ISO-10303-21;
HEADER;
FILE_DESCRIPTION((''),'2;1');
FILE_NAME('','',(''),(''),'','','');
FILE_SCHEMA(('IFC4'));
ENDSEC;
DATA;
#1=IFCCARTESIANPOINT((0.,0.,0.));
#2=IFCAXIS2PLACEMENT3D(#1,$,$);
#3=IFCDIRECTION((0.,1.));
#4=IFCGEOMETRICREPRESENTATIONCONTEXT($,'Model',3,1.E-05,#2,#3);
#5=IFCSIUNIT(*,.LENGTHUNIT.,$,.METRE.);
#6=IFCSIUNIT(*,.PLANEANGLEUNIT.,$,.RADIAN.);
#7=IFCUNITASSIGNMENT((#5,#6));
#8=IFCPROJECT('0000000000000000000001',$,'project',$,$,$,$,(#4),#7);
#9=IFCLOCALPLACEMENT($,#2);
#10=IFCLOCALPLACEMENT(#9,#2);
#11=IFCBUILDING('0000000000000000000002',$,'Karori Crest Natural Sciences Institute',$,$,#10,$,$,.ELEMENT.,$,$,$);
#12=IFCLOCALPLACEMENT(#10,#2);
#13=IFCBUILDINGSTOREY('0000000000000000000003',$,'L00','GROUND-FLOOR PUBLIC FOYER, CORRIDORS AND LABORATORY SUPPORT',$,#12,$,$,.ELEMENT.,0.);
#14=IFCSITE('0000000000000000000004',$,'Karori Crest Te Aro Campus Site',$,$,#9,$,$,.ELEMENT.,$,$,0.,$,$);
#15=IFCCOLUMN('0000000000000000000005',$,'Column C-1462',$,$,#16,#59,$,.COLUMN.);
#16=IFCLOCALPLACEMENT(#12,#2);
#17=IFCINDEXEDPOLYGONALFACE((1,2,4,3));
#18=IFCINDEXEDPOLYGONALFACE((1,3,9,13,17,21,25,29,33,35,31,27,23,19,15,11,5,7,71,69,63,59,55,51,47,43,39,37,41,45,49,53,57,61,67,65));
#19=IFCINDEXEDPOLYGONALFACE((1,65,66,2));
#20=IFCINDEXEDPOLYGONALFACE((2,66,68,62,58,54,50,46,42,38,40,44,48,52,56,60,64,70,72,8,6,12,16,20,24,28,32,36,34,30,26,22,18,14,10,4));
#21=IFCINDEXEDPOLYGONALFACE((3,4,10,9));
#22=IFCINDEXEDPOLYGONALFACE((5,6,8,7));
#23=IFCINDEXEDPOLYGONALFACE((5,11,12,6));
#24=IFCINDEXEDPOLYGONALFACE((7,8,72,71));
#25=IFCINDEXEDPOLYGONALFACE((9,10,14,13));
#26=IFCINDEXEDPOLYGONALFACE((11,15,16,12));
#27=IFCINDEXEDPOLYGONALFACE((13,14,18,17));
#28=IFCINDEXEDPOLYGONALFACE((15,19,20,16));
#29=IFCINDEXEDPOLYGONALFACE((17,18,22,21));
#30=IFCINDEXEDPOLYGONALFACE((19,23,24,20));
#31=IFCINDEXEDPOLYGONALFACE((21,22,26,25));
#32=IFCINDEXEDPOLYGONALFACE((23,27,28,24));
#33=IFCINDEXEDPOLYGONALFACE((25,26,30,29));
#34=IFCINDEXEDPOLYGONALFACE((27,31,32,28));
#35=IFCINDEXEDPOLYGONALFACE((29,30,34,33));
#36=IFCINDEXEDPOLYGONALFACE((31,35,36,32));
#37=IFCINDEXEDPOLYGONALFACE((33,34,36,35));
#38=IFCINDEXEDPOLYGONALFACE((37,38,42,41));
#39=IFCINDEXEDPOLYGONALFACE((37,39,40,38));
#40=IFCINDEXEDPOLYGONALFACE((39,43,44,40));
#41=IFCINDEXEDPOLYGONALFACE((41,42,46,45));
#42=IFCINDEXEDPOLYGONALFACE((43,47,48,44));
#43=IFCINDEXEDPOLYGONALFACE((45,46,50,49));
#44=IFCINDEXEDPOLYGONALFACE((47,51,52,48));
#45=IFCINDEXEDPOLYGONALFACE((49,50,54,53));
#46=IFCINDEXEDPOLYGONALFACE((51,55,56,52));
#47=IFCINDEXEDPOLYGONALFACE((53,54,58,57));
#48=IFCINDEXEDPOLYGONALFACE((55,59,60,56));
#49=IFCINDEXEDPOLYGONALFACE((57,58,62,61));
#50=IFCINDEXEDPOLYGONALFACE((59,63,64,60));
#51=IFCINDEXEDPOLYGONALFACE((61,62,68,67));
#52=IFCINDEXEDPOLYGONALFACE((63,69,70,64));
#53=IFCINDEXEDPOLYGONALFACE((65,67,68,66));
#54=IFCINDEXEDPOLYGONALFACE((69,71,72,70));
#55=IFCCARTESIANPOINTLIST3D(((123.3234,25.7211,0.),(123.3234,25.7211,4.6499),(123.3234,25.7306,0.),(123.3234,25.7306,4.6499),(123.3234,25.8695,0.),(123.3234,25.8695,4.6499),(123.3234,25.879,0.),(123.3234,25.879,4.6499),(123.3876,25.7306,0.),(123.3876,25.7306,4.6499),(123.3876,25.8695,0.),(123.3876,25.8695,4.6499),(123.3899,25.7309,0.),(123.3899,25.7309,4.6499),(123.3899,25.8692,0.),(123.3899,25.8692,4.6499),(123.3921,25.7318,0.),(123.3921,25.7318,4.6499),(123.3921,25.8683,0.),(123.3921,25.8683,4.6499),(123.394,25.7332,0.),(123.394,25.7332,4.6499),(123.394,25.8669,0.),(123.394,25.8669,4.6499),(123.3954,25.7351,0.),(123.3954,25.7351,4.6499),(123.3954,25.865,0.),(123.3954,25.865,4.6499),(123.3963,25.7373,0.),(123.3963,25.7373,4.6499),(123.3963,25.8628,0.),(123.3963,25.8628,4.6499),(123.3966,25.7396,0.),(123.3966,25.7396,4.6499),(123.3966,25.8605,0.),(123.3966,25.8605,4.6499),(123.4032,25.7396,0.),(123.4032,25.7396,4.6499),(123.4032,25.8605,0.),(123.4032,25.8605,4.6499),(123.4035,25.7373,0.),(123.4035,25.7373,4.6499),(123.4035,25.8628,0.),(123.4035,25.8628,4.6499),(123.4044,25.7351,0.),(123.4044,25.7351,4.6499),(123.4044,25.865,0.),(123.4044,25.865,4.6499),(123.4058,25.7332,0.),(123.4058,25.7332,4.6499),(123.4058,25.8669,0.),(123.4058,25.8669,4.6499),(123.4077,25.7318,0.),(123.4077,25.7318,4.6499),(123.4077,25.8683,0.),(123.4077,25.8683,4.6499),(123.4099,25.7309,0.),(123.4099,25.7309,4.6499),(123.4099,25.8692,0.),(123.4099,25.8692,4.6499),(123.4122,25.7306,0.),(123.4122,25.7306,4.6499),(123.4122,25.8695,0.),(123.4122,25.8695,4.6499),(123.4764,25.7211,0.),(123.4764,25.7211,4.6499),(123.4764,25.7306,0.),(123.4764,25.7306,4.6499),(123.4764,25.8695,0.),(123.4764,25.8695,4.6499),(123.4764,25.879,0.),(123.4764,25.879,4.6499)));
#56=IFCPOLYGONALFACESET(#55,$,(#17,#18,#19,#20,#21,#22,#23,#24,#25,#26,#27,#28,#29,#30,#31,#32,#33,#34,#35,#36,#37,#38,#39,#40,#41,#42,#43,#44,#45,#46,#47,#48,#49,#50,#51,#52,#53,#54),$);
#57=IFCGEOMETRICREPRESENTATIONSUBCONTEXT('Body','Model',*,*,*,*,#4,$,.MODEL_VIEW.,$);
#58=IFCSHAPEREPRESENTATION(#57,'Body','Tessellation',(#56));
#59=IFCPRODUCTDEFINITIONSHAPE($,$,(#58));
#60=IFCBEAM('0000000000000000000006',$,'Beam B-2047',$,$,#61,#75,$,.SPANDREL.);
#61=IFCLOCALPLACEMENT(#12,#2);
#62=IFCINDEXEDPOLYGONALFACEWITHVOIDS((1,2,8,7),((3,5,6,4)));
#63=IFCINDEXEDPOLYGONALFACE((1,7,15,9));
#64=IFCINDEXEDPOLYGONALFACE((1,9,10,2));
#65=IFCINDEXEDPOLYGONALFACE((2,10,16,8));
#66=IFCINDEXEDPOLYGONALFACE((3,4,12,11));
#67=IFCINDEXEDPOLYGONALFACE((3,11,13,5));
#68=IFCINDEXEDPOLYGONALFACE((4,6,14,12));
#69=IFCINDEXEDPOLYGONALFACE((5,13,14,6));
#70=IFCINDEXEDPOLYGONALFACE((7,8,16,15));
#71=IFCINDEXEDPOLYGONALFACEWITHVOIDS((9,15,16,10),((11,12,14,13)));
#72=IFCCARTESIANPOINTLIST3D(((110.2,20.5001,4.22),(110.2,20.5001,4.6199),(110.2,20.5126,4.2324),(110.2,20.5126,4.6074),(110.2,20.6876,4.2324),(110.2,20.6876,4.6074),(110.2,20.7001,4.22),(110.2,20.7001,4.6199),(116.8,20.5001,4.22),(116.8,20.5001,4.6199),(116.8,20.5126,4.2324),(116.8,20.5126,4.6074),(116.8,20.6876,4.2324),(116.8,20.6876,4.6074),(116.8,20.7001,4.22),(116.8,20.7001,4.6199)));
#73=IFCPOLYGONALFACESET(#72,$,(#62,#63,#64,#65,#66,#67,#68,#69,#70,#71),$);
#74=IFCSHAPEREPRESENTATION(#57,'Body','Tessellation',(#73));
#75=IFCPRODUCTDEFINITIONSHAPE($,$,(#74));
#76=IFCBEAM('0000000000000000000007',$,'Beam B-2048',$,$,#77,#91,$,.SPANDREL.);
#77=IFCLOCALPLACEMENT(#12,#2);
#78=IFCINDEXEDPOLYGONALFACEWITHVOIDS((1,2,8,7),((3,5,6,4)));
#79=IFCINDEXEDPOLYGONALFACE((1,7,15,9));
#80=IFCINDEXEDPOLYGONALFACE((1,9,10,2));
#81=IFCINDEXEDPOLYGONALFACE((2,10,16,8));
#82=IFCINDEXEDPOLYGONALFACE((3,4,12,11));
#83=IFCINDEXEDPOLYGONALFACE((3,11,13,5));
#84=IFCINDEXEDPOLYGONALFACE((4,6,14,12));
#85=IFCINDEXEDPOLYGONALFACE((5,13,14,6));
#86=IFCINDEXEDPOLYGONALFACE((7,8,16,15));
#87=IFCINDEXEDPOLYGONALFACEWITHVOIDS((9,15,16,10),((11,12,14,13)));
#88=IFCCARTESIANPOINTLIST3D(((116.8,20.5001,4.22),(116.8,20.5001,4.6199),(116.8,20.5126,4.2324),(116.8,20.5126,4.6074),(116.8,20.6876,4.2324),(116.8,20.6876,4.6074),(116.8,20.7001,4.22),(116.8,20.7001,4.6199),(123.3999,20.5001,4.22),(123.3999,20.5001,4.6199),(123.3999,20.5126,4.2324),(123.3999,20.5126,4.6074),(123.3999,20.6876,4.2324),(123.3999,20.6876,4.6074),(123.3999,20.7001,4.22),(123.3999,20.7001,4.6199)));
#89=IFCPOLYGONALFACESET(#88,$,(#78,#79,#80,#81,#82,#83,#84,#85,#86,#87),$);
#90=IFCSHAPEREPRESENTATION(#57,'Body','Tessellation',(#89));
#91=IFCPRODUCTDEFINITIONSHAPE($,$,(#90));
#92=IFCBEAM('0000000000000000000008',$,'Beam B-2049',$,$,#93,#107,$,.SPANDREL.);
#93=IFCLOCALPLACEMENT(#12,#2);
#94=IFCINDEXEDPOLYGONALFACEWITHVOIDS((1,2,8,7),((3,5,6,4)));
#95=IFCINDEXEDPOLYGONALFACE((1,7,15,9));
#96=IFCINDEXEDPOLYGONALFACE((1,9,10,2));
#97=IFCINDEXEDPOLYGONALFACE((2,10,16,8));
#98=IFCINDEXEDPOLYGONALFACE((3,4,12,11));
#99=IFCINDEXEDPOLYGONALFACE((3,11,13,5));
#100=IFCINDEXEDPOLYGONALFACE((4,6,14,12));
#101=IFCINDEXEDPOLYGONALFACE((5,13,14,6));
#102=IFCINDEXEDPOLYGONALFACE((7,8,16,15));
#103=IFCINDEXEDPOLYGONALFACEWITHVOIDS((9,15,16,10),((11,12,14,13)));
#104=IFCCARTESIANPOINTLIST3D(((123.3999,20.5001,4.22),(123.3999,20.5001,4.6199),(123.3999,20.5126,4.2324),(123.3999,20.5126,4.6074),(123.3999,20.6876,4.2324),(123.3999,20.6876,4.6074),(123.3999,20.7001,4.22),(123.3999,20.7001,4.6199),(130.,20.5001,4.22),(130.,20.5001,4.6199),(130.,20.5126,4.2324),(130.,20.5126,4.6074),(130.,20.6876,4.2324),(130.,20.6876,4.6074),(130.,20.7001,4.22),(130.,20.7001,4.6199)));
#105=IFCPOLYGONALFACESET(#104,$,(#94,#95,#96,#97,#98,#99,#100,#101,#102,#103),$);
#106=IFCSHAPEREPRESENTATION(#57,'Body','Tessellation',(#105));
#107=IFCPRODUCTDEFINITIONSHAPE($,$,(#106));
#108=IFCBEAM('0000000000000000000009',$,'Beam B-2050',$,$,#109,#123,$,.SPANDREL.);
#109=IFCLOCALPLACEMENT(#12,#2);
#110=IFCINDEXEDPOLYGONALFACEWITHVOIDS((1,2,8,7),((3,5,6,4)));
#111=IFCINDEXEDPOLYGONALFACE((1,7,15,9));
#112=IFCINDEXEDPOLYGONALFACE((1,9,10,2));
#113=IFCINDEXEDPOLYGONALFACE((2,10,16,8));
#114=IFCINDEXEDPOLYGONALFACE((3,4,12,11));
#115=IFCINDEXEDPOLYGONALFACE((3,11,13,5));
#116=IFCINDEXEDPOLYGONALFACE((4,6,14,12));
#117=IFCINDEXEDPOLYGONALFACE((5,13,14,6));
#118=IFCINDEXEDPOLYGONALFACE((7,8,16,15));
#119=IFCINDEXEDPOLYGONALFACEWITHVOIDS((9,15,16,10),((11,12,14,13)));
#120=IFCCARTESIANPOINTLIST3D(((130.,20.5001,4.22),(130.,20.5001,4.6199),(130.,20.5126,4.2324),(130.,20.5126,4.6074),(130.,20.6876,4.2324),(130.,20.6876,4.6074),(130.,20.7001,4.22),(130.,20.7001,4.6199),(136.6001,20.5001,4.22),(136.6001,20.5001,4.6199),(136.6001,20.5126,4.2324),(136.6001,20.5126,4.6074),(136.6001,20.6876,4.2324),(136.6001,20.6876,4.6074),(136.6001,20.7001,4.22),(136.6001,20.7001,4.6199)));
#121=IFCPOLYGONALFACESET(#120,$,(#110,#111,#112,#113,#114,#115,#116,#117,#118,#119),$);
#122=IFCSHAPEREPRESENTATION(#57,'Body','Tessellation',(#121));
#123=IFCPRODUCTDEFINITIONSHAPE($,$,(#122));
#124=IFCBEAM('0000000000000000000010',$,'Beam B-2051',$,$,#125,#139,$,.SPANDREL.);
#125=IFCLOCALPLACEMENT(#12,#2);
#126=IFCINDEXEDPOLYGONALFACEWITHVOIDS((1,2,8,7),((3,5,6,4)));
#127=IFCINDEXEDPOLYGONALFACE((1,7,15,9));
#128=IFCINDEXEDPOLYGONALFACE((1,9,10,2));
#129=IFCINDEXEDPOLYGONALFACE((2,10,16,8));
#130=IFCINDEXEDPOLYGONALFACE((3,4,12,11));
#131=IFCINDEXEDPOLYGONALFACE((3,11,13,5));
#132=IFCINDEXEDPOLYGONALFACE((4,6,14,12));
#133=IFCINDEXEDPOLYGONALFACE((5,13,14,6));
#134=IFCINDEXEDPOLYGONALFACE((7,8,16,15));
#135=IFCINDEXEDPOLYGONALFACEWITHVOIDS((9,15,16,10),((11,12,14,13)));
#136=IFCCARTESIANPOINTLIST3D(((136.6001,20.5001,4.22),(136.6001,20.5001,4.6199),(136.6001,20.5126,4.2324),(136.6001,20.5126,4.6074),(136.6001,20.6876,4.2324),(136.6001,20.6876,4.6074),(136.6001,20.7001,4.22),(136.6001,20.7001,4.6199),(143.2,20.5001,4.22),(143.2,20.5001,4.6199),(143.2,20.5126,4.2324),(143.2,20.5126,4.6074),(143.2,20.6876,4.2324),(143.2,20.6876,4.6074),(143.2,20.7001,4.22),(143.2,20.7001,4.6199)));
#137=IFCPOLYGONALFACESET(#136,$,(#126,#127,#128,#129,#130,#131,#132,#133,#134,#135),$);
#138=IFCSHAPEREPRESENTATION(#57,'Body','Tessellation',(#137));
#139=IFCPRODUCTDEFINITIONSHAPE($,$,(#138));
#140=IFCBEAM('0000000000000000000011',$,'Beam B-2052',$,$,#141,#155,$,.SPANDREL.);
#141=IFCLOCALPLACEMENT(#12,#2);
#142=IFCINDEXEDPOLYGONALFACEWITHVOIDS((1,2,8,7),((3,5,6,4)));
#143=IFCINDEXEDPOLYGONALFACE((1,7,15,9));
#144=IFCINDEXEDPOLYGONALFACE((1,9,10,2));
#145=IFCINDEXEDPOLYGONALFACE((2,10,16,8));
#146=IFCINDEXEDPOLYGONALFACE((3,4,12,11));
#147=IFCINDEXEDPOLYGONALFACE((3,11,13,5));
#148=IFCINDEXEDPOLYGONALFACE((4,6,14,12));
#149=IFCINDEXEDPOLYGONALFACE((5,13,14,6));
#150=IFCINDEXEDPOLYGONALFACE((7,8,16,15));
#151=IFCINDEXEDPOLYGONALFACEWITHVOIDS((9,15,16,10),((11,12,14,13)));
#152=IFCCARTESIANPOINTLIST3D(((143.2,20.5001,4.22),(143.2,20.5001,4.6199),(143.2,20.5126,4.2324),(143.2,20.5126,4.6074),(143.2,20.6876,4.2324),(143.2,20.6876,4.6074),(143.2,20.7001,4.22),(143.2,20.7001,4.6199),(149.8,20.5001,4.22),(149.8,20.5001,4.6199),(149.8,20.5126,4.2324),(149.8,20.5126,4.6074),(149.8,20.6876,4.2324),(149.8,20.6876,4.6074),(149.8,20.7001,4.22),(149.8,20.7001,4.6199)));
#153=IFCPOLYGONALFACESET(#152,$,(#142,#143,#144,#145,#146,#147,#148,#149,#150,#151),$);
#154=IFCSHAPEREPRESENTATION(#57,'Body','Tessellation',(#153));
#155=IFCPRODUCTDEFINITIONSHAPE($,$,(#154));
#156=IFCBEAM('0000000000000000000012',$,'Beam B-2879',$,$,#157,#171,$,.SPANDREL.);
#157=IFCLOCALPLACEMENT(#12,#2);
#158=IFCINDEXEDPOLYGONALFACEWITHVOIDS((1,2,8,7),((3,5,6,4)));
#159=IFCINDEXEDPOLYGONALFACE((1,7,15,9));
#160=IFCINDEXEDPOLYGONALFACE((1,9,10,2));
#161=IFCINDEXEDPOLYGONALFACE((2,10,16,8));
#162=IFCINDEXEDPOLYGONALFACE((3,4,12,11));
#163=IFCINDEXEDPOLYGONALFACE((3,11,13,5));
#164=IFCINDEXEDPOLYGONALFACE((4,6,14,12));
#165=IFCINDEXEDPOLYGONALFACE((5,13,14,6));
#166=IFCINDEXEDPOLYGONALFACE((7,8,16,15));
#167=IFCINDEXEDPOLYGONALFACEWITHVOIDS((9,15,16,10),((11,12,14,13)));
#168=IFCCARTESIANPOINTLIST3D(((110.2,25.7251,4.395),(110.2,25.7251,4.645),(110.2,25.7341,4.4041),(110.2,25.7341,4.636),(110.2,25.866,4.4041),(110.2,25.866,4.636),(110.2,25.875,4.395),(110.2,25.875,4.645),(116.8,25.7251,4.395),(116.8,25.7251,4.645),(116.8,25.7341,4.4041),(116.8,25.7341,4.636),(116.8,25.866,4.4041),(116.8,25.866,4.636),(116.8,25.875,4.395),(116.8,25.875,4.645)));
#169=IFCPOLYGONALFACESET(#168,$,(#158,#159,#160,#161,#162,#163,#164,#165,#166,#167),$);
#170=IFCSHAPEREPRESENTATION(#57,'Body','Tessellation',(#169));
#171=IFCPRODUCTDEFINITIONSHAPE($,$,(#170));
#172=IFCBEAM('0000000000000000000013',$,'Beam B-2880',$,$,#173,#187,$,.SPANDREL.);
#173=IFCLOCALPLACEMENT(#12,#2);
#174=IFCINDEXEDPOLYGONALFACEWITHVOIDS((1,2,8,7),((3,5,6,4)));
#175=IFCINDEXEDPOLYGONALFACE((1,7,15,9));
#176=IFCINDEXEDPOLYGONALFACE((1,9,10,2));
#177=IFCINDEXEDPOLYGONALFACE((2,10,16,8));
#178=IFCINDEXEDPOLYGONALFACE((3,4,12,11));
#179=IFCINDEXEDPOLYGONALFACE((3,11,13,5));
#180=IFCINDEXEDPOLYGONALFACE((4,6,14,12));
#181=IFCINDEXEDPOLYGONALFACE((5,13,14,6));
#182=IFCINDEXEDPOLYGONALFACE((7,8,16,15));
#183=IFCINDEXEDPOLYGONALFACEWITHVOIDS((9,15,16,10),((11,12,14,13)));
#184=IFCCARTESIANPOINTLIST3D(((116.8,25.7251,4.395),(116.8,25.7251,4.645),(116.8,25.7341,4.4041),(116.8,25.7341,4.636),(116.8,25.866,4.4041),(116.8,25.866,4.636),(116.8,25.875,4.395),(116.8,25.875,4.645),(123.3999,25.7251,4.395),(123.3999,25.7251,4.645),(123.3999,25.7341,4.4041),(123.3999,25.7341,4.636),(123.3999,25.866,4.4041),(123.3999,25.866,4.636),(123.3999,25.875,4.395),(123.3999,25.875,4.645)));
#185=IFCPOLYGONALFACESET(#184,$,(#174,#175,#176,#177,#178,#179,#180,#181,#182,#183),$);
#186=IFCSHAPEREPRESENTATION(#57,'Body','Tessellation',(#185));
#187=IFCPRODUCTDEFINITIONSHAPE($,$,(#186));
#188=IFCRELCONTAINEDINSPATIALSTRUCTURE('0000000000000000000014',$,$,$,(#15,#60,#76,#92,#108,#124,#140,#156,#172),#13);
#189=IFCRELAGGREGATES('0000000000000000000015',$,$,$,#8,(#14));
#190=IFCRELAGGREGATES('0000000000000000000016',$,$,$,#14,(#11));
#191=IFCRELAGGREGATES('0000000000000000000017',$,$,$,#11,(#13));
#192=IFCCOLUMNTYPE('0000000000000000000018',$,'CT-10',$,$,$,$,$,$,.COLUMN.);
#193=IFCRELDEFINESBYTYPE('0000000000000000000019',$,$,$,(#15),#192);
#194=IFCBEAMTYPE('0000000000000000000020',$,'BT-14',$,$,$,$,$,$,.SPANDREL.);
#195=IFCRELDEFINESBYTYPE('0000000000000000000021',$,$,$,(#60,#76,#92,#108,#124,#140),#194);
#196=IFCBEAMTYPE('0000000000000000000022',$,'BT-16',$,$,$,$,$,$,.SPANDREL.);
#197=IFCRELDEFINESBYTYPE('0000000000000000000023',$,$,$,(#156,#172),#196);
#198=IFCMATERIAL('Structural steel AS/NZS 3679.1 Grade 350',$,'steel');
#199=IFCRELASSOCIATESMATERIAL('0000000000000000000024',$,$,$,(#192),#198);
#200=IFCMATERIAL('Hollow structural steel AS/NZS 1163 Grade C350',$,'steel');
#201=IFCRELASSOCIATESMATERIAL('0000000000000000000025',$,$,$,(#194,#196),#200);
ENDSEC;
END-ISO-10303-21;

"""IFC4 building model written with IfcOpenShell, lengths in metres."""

from ifc_helpers import new_model, si_unit, direction, frame, origin, origin_2d, place, context, subcontext, project, spatial, hollow_rectangle, i_section, extrude, material, material_profile, profile_set, type_object, element, save


model = new_model("IFC4")

# Units and contexts
model_context = context("Model", 3, precision=1e-05, world=origin(), true_north=direction((0.0, 1.0)))
body_context = subcontext(model_context, "Body", "Model", "MODEL_VIEW")
ifc_project = project(units=[si_unit("LENGTHUNIT", "METRE"), si_unit("PLANEANGLEUNIT", "RADIAN")], contexts=[model_context])

# Site, building, storey
site_placement = place(None, origin())
site = spatial("IfcSite", under=ifc_project, at=site_placement, Name="Karori Crest Te Aro Campus Site", CompositionType="ELEMENT", RefElevation=0.0)
building_placement = place(site_placement, origin())
building = spatial("IfcBuilding", under=site, at=building_placement, Name="Karori Crest Natural Sciences Institute", CompositionType="ELEMENT")
storey_placement = place(building_placement, origin())
storey = spatial("IfcBuildingStorey", under=building, at=storey_placement, Name="L00", Description="GROUND-FLOOR PUBLIC FOYER, CORRIDORS AND LABORATORY SUPPORT", CompositionType="ELEMENT", Elevation=0.0)

# Column
ifc_material_1 = material(Name="Structural steel AS/NZS 3679.1 Grade 350", Category="steel")
ifc_material_profile_1 = material_profile(ifc_material_1, i_section(OverallWidth=0.1531, OverallDepth=0.158, WebThickness=0.0066, FlangeThickness=0.0095, FilletRadius=0.009, at=origin_2d()), Name="150UC30.0")
ifc_profile_set_1 = profile_set([ifc_material_profile_1], Name="Structural steel AS/NZS 3679.1 Grade 350")
column_type_1 = type_object("IfcColumnType", Name="CT-10", PredefinedType="COLUMN", material=ifc_profile_set_1)
for number, where, z_axis, x_axis, name in (
    (1, (123.3999, 25.8, 0.0), (0.0, 0.0, 1.0), (1.0, 0.0, 0.0), "Column C-1462"),
):
    element("IfcColumn", number, at=place(storey_placement, frame(where, z_axis=z_axis, x_axis=x_axis)), inside=storey, type_object=column_type_1, Name=name, PredefinedType="COLUMN", context=body_context, shape_type="SweptSolid", body=[
        extrude(i_section(OverallWidth=0.1531, OverallDepth=0.158, WebThickness=0.0066, FlangeThickness=0.0095, FilletRadius=0.009, at=origin_2d()), origin(), (0.0, 0.0, 1.0), 4.6499),
    ])

# Beams
ifc_material_2 = material(Name="Hollow structural steel AS/NZS 1163 Grade C350", Category="steel")
ifc_material_profile_2 = material_profile(ifc_material_2, hollow_rectangle(XDim=0.2, YDim=0.3999, WallThickness=0.0125, at=origin_2d()), Name="RHS400x200x12.5")
ifc_profile_set_2 = profile_set([ifc_material_profile_2], Name="Hollow structural steel AS/NZS 1163 Grade C350")
beam_type_1 = type_object("IfcBeamType", Name="BT-14", PredefinedType="SPANDREL", material=ifc_profile_set_2)
beam_1_placement = place(storey_placement, frame((110.2, 20.6001, 4.4199), z_axis=(1.0, 0.0, 0.0), x_axis=(0.0, 1.0, 0.0)))
element("IfcBeam", 2, at=beam_1_placement, inside=storey, type_object=beam_type_1, Name="Beam B-2047", PredefinedType="SPANDREL", context=body_context, shape_type="SweptSolid", body=[
    extrude(hollow_rectangle(XDim=0.2, YDim=0.3999, WallThickness=0.0125, at=origin_2d()), origin(), (0.0, 0.0, 1.0), 6.6001),
])
beam_2_placement = place(storey_placement, frame((116.8, 20.6001, 4.4199), z_axis=(1.0, 0.0, 0.0), x_axis=(0.0, 1.0, 0.0)))
element("IfcBeam", 3, at=beam_2_placement, inside=storey, type_object=beam_type_1, Name="Beam B-2048", PredefinedType="SPANDREL", context=body_context, shape_type="SweptSolid", body=[
    extrude(hollow_rectangle(XDim=0.2, YDim=0.3999, WallThickness=0.0125, at=origin_2d()), origin(), (0.0, 0.0, 1.0), 6.5999),
])
for number, where, z_axis, x_axis, name in (
    (4, (123.3999, 20.6001, 4.4199), (1.0, 0.0, 0.0), (0.0, 1.0, 0.0), "Beam B-2049"),
    (5, (130.0, 20.6001, 4.4199), (1.0, 0.0, 0.0), (0.0, 1.0, 0.0), "Beam B-2050"),
):
    element("IfcBeam", number, at=place(storey_placement, frame(where, z_axis=z_axis, x_axis=x_axis)), inside=storey, type_object=beam_type_1, Name=name, PredefinedType="SPANDREL", context=body_context, shape_type="SweptSolid", body=[
        extrude(hollow_rectangle(XDim=0.2, YDim=0.3999, WallThickness=0.0125, at=origin_2d()), origin(), (0.0, 0.0, 1.0), 6.6001),
    ])
beam_3_placement = place(storey_placement, frame((136.6001, 20.6001, 4.4199), z_axis=(1.0, 0.0, 0.0), x_axis=(0.0, 1.0, 0.0)))
element("IfcBeam", 6, at=beam_3_placement, inside=storey, type_object=beam_type_1, Name="Beam B-2051", PredefinedType="SPANDREL", context=body_context, shape_type="SweptSolid", body=[
    extrude(hollow_rectangle(XDim=0.2, YDim=0.3999, WallThickness=0.0125, at=origin_2d()), origin(), (0.0, 0.0, 1.0), 6.5999),
])
beam_4_placement = place(storey_placement, frame((143.2, 20.6001, 4.4199), z_axis=(1.0, 0.0, 0.0), x_axis=(0.0, 1.0, 0.0)))
element("IfcBeam", 7, at=beam_4_placement, inside=storey, type_object=beam_type_1, Name="Beam B-2052", PredefinedType="SPANDREL", context=body_context, shape_type="SweptSolid", body=[
    extrude(hollow_rectangle(XDim=0.2, YDim=0.3999, WallThickness=0.0125, at=origin_2d()), origin(), (0.0, 0.0, 1.0), 6.6001),
])
ifc_material_profile_3 = material_profile(ifc_material_2, hollow_rectangle(XDim=0.1499, YDim=0.25, WallThickness=0.009, at=origin_2d()), Name="RHS250x150x9")
ifc_profile_set_3 = profile_set([ifc_material_profile_3], Name="Hollow structural steel AS/NZS 1163 Grade C350")
beam_type_2 = type_object("IfcBeamType", Name="BT-16", PredefinedType="SPANDREL", material=ifc_profile_set_3)
beam_5_placement = place(storey_placement, frame((110.2, 25.8, 4.52), z_axis=(1.0, 0.0, 0.0), x_axis=(0.0, 1.0, 0.0)))
element("IfcBeam", 8, at=beam_5_placement, inside=storey, type_object=beam_type_2, Name="Beam B-2879", PredefinedType="SPANDREL", context=body_context, shape_type="SweptSolid", body=[
    extrude(hollow_rectangle(XDim=0.1499, YDim=0.25, WallThickness=0.009, at=origin_2d()), origin(), (0.0, 0.0, 1.0), 6.6001),
])
beam_6_placement = place(storey_placement, frame((116.8, 25.8, 4.52), z_axis=(1.0, 0.0, 0.0), x_axis=(0.0, 1.0, 0.0)))
element("IfcBeam", 9, at=beam_6_placement, inside=storey, type_object=beam_type_2, Name="Beam B-2880", PredefinedType="SPANDREL", context=body_context, shape_type="SweptSolid", body=[
    extrude(hollow_rectangle(XDim=0.1499, YDim=0.25, WallThickness=0.009, at=origin_2d()), origin(), (0.0, 0.0, 1.0), 6.5999),
])

save(model, "model.ifc")
